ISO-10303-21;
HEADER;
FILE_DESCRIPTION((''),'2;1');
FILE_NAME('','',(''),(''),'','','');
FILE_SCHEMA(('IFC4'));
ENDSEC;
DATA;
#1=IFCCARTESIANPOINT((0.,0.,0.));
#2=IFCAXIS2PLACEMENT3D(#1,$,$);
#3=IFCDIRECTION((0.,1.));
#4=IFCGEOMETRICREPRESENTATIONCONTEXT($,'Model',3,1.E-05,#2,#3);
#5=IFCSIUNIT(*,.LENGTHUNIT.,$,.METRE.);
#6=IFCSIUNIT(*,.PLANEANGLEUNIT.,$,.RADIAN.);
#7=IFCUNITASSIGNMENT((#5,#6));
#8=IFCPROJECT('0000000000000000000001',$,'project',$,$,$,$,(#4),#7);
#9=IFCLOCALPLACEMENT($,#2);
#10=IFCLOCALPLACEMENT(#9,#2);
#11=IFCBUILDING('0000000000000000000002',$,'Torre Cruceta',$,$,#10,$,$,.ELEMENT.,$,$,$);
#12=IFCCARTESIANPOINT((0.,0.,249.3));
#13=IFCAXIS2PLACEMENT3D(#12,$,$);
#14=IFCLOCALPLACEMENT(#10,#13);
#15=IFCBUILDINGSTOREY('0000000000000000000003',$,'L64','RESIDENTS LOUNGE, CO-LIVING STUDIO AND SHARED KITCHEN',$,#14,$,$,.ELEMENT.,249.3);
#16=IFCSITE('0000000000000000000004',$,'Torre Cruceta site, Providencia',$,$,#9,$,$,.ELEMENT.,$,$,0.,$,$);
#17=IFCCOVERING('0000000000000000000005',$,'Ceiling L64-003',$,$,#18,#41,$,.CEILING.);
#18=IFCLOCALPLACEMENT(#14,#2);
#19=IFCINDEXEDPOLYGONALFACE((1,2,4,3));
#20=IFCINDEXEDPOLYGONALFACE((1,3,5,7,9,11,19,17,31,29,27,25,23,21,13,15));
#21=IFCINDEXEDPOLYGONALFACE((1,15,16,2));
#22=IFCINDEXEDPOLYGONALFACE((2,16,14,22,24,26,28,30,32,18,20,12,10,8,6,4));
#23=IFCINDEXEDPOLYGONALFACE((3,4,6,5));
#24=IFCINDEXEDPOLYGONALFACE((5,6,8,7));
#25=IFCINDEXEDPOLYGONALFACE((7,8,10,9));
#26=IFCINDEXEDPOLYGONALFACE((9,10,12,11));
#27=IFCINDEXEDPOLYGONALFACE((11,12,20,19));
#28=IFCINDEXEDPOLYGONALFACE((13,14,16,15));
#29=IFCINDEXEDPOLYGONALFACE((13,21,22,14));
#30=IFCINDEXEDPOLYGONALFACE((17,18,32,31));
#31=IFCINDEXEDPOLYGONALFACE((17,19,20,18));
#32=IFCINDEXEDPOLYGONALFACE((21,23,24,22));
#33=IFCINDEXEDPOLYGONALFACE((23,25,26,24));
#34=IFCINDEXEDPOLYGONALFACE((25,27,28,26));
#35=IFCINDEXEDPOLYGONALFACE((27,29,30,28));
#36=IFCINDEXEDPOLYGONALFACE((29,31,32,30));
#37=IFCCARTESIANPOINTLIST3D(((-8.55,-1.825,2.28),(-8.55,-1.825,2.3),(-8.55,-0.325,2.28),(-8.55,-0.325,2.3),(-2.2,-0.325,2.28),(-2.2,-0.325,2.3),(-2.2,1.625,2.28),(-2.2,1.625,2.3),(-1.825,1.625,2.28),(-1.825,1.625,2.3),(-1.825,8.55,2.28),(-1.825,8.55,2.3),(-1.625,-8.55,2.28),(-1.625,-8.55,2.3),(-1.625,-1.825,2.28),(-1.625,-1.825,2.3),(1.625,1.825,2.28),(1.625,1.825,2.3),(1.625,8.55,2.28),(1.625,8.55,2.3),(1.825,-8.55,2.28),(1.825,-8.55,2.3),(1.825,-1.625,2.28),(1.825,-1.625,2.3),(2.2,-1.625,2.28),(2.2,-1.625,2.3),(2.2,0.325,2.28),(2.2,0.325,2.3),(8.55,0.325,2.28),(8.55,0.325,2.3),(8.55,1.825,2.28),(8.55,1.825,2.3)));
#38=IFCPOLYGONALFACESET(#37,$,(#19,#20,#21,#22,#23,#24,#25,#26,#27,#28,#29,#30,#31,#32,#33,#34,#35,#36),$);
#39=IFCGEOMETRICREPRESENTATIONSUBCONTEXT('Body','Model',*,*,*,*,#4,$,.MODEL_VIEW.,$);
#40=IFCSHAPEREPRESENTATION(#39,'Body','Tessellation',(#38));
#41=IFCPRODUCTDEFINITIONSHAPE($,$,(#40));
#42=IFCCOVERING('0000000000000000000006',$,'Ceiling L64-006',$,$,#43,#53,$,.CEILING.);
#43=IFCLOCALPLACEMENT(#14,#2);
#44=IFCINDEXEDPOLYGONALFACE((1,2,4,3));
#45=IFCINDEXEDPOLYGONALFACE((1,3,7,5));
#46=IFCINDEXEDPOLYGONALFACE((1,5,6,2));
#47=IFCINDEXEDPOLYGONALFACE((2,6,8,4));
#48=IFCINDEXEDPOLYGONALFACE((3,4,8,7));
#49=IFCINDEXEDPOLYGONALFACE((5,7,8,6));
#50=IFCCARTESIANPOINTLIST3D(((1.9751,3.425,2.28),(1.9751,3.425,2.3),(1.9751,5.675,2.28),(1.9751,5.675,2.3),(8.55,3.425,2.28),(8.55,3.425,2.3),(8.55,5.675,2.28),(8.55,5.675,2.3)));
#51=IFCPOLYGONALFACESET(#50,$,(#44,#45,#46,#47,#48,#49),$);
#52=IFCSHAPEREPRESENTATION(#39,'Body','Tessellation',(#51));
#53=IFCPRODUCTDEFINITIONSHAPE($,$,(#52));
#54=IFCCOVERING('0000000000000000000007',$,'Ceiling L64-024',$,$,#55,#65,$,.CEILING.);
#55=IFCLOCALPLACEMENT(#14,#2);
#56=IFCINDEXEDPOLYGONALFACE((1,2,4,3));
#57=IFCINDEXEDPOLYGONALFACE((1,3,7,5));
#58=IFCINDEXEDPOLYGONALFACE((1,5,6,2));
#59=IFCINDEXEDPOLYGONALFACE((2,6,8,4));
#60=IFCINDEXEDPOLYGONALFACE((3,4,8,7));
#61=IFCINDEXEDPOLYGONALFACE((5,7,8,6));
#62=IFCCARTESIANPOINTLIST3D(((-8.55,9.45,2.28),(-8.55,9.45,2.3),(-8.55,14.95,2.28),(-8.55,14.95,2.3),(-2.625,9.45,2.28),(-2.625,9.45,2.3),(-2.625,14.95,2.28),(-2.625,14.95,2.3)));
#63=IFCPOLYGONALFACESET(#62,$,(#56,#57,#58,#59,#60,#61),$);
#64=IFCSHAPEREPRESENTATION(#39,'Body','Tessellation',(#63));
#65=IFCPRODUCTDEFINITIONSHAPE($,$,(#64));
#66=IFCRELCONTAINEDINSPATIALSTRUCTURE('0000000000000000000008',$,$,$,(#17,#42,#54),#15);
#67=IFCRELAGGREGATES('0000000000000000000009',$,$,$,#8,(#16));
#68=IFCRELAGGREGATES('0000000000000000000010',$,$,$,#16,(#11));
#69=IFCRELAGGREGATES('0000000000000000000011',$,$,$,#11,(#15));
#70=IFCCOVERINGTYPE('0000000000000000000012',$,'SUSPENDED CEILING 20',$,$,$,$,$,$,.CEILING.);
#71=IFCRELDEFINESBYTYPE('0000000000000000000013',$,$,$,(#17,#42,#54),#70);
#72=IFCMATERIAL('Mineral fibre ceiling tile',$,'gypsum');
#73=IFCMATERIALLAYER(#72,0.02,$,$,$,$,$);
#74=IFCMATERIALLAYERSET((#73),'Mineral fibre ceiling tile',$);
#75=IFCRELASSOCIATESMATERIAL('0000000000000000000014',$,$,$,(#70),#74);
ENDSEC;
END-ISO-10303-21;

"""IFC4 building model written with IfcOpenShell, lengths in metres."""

from ifc_helpers import new_model, si_unit, direction, frame, origin, place, context, subcontext, project, spatial, polyline, outline, extrude, material, layer, layer_set, type_object, element, save


model = new_model("IFC4")

# Units and contexts
model_context = context("Model", 3, precision=1e-05, world=origin(), true_north=direction((0.0, 1.0)))
body_context = subcontext(model_context, "Body", "Model", "MODEL_VIEW")
ifc_project = project(units=[si_unit("LENGTHUNIT", "METRE"), si_unit("PLANEANGLEUNIT", "RADIAN")], contexts=[model_context])

# Site, building, storey
site_placement = place(None, origin())
site = spatial("IfcSite", under=ifc_project, at=site_placement, Name="Torre Cruceta site, Providencia", CompositionType="ELEMENT", RefElevation=0.0)
building_placement = place(site_placement, origin())
building = spatial("IfcBuilding", under=site, at=building_placement, Name="Torre Cruceta", CompositionType="ELEMENT")
storey_placement = place(building_placement, frame((0.0, 0.0, 249.3)))
storey = spatial("IfcBuildingStorey", under=building, at=storey_placement, Name="L64", Description="RESIDENTS LOUNGE, CO-LIVING STUDIO AND SHARED KITCHEN", CompositionType="ELEMENT", Elevation=249.3)

# Coverings
ifc_material_1 = material(Name="Mineral fibre ceiling tile", Category="gypsum")
ifc_layer_1 = layer(ifc_material_1, 0.02)
ifc_layer_set_1 = layer_set([ifc_layer_1], Name="Mineral fibre ceiling tile")
covering_type = type_object("IfcCoveringType", Name="SUSPENDED CEILING 20", PredefinedType="CEILING", material=ifc_layer_set_1)
covering_1_placement = place(storey_placement, frame((0.0, 0.0, 2.28)))
element("IfcCovering", 1, at=covering_1_placement, inside=storey, type_object=covering_type, Name="Ceiling L64-003", PredefinedType="CEILING", context=body_context, shape_type="SweptSolid", body=[
    extrude(outline(polyline([(1.825, -8.55), (-1.625, -8.55), (-1.625, -1.825), (-8.55, -1.825), (-8.55, -0.325), (-2.2, -0.325), (-2.2, 1.625), (-1.825, 1.625), (-1.825, 8.55), (1.625, 8.55), (1.625, 1.825), (8.55, 1.825), (8.55, 0.325), (2.2, 0.325), (2.2, -1.625), (1.825, -1.625), (1.825, -8.55)])), origin(), (0.0, 0.0, 1.0), 0.02),
])
covering_2_placement = place(storey_placement, frame((0.0, 0.0, 2.28)))
element("IfcCovering", 2, at=covering_2_placement, inside=storey, type_object=covering_type, Name="Ceiling L64-006", PredefinedType="CEILING", context=body_context, shape_type="SweptSolid", body=[
    extrude(outline(polyline([(1.9751, 3.425), (1.9751, 5.675), (8.55, 5.675), (8.55, 3.425), (1.9751, 3.425)])), origin(), (0.0, 0.0, 1.0), 0.02),
])
covering_3_placement = place(storey_placement, frame((0.0, 0.0, 2.28)))
element("IfcCovering", 3, at=covering_3_placement, inside=storey, type_object=covering_type, Name="Ceiling L64-024", PredefinedType="CEILING", context=body_context, shape_type="SweptSolid", body=[
    extrude(outline(polyline([(-2.625, 9.45), (-8.55, 9.45), (-8.55, 14.95), (-2.625, 14.95), (-2.625, 9.45)])), origin(), (0.0, 0.0, 1.0), 0.02),
])

save(model, "model.ifc")
